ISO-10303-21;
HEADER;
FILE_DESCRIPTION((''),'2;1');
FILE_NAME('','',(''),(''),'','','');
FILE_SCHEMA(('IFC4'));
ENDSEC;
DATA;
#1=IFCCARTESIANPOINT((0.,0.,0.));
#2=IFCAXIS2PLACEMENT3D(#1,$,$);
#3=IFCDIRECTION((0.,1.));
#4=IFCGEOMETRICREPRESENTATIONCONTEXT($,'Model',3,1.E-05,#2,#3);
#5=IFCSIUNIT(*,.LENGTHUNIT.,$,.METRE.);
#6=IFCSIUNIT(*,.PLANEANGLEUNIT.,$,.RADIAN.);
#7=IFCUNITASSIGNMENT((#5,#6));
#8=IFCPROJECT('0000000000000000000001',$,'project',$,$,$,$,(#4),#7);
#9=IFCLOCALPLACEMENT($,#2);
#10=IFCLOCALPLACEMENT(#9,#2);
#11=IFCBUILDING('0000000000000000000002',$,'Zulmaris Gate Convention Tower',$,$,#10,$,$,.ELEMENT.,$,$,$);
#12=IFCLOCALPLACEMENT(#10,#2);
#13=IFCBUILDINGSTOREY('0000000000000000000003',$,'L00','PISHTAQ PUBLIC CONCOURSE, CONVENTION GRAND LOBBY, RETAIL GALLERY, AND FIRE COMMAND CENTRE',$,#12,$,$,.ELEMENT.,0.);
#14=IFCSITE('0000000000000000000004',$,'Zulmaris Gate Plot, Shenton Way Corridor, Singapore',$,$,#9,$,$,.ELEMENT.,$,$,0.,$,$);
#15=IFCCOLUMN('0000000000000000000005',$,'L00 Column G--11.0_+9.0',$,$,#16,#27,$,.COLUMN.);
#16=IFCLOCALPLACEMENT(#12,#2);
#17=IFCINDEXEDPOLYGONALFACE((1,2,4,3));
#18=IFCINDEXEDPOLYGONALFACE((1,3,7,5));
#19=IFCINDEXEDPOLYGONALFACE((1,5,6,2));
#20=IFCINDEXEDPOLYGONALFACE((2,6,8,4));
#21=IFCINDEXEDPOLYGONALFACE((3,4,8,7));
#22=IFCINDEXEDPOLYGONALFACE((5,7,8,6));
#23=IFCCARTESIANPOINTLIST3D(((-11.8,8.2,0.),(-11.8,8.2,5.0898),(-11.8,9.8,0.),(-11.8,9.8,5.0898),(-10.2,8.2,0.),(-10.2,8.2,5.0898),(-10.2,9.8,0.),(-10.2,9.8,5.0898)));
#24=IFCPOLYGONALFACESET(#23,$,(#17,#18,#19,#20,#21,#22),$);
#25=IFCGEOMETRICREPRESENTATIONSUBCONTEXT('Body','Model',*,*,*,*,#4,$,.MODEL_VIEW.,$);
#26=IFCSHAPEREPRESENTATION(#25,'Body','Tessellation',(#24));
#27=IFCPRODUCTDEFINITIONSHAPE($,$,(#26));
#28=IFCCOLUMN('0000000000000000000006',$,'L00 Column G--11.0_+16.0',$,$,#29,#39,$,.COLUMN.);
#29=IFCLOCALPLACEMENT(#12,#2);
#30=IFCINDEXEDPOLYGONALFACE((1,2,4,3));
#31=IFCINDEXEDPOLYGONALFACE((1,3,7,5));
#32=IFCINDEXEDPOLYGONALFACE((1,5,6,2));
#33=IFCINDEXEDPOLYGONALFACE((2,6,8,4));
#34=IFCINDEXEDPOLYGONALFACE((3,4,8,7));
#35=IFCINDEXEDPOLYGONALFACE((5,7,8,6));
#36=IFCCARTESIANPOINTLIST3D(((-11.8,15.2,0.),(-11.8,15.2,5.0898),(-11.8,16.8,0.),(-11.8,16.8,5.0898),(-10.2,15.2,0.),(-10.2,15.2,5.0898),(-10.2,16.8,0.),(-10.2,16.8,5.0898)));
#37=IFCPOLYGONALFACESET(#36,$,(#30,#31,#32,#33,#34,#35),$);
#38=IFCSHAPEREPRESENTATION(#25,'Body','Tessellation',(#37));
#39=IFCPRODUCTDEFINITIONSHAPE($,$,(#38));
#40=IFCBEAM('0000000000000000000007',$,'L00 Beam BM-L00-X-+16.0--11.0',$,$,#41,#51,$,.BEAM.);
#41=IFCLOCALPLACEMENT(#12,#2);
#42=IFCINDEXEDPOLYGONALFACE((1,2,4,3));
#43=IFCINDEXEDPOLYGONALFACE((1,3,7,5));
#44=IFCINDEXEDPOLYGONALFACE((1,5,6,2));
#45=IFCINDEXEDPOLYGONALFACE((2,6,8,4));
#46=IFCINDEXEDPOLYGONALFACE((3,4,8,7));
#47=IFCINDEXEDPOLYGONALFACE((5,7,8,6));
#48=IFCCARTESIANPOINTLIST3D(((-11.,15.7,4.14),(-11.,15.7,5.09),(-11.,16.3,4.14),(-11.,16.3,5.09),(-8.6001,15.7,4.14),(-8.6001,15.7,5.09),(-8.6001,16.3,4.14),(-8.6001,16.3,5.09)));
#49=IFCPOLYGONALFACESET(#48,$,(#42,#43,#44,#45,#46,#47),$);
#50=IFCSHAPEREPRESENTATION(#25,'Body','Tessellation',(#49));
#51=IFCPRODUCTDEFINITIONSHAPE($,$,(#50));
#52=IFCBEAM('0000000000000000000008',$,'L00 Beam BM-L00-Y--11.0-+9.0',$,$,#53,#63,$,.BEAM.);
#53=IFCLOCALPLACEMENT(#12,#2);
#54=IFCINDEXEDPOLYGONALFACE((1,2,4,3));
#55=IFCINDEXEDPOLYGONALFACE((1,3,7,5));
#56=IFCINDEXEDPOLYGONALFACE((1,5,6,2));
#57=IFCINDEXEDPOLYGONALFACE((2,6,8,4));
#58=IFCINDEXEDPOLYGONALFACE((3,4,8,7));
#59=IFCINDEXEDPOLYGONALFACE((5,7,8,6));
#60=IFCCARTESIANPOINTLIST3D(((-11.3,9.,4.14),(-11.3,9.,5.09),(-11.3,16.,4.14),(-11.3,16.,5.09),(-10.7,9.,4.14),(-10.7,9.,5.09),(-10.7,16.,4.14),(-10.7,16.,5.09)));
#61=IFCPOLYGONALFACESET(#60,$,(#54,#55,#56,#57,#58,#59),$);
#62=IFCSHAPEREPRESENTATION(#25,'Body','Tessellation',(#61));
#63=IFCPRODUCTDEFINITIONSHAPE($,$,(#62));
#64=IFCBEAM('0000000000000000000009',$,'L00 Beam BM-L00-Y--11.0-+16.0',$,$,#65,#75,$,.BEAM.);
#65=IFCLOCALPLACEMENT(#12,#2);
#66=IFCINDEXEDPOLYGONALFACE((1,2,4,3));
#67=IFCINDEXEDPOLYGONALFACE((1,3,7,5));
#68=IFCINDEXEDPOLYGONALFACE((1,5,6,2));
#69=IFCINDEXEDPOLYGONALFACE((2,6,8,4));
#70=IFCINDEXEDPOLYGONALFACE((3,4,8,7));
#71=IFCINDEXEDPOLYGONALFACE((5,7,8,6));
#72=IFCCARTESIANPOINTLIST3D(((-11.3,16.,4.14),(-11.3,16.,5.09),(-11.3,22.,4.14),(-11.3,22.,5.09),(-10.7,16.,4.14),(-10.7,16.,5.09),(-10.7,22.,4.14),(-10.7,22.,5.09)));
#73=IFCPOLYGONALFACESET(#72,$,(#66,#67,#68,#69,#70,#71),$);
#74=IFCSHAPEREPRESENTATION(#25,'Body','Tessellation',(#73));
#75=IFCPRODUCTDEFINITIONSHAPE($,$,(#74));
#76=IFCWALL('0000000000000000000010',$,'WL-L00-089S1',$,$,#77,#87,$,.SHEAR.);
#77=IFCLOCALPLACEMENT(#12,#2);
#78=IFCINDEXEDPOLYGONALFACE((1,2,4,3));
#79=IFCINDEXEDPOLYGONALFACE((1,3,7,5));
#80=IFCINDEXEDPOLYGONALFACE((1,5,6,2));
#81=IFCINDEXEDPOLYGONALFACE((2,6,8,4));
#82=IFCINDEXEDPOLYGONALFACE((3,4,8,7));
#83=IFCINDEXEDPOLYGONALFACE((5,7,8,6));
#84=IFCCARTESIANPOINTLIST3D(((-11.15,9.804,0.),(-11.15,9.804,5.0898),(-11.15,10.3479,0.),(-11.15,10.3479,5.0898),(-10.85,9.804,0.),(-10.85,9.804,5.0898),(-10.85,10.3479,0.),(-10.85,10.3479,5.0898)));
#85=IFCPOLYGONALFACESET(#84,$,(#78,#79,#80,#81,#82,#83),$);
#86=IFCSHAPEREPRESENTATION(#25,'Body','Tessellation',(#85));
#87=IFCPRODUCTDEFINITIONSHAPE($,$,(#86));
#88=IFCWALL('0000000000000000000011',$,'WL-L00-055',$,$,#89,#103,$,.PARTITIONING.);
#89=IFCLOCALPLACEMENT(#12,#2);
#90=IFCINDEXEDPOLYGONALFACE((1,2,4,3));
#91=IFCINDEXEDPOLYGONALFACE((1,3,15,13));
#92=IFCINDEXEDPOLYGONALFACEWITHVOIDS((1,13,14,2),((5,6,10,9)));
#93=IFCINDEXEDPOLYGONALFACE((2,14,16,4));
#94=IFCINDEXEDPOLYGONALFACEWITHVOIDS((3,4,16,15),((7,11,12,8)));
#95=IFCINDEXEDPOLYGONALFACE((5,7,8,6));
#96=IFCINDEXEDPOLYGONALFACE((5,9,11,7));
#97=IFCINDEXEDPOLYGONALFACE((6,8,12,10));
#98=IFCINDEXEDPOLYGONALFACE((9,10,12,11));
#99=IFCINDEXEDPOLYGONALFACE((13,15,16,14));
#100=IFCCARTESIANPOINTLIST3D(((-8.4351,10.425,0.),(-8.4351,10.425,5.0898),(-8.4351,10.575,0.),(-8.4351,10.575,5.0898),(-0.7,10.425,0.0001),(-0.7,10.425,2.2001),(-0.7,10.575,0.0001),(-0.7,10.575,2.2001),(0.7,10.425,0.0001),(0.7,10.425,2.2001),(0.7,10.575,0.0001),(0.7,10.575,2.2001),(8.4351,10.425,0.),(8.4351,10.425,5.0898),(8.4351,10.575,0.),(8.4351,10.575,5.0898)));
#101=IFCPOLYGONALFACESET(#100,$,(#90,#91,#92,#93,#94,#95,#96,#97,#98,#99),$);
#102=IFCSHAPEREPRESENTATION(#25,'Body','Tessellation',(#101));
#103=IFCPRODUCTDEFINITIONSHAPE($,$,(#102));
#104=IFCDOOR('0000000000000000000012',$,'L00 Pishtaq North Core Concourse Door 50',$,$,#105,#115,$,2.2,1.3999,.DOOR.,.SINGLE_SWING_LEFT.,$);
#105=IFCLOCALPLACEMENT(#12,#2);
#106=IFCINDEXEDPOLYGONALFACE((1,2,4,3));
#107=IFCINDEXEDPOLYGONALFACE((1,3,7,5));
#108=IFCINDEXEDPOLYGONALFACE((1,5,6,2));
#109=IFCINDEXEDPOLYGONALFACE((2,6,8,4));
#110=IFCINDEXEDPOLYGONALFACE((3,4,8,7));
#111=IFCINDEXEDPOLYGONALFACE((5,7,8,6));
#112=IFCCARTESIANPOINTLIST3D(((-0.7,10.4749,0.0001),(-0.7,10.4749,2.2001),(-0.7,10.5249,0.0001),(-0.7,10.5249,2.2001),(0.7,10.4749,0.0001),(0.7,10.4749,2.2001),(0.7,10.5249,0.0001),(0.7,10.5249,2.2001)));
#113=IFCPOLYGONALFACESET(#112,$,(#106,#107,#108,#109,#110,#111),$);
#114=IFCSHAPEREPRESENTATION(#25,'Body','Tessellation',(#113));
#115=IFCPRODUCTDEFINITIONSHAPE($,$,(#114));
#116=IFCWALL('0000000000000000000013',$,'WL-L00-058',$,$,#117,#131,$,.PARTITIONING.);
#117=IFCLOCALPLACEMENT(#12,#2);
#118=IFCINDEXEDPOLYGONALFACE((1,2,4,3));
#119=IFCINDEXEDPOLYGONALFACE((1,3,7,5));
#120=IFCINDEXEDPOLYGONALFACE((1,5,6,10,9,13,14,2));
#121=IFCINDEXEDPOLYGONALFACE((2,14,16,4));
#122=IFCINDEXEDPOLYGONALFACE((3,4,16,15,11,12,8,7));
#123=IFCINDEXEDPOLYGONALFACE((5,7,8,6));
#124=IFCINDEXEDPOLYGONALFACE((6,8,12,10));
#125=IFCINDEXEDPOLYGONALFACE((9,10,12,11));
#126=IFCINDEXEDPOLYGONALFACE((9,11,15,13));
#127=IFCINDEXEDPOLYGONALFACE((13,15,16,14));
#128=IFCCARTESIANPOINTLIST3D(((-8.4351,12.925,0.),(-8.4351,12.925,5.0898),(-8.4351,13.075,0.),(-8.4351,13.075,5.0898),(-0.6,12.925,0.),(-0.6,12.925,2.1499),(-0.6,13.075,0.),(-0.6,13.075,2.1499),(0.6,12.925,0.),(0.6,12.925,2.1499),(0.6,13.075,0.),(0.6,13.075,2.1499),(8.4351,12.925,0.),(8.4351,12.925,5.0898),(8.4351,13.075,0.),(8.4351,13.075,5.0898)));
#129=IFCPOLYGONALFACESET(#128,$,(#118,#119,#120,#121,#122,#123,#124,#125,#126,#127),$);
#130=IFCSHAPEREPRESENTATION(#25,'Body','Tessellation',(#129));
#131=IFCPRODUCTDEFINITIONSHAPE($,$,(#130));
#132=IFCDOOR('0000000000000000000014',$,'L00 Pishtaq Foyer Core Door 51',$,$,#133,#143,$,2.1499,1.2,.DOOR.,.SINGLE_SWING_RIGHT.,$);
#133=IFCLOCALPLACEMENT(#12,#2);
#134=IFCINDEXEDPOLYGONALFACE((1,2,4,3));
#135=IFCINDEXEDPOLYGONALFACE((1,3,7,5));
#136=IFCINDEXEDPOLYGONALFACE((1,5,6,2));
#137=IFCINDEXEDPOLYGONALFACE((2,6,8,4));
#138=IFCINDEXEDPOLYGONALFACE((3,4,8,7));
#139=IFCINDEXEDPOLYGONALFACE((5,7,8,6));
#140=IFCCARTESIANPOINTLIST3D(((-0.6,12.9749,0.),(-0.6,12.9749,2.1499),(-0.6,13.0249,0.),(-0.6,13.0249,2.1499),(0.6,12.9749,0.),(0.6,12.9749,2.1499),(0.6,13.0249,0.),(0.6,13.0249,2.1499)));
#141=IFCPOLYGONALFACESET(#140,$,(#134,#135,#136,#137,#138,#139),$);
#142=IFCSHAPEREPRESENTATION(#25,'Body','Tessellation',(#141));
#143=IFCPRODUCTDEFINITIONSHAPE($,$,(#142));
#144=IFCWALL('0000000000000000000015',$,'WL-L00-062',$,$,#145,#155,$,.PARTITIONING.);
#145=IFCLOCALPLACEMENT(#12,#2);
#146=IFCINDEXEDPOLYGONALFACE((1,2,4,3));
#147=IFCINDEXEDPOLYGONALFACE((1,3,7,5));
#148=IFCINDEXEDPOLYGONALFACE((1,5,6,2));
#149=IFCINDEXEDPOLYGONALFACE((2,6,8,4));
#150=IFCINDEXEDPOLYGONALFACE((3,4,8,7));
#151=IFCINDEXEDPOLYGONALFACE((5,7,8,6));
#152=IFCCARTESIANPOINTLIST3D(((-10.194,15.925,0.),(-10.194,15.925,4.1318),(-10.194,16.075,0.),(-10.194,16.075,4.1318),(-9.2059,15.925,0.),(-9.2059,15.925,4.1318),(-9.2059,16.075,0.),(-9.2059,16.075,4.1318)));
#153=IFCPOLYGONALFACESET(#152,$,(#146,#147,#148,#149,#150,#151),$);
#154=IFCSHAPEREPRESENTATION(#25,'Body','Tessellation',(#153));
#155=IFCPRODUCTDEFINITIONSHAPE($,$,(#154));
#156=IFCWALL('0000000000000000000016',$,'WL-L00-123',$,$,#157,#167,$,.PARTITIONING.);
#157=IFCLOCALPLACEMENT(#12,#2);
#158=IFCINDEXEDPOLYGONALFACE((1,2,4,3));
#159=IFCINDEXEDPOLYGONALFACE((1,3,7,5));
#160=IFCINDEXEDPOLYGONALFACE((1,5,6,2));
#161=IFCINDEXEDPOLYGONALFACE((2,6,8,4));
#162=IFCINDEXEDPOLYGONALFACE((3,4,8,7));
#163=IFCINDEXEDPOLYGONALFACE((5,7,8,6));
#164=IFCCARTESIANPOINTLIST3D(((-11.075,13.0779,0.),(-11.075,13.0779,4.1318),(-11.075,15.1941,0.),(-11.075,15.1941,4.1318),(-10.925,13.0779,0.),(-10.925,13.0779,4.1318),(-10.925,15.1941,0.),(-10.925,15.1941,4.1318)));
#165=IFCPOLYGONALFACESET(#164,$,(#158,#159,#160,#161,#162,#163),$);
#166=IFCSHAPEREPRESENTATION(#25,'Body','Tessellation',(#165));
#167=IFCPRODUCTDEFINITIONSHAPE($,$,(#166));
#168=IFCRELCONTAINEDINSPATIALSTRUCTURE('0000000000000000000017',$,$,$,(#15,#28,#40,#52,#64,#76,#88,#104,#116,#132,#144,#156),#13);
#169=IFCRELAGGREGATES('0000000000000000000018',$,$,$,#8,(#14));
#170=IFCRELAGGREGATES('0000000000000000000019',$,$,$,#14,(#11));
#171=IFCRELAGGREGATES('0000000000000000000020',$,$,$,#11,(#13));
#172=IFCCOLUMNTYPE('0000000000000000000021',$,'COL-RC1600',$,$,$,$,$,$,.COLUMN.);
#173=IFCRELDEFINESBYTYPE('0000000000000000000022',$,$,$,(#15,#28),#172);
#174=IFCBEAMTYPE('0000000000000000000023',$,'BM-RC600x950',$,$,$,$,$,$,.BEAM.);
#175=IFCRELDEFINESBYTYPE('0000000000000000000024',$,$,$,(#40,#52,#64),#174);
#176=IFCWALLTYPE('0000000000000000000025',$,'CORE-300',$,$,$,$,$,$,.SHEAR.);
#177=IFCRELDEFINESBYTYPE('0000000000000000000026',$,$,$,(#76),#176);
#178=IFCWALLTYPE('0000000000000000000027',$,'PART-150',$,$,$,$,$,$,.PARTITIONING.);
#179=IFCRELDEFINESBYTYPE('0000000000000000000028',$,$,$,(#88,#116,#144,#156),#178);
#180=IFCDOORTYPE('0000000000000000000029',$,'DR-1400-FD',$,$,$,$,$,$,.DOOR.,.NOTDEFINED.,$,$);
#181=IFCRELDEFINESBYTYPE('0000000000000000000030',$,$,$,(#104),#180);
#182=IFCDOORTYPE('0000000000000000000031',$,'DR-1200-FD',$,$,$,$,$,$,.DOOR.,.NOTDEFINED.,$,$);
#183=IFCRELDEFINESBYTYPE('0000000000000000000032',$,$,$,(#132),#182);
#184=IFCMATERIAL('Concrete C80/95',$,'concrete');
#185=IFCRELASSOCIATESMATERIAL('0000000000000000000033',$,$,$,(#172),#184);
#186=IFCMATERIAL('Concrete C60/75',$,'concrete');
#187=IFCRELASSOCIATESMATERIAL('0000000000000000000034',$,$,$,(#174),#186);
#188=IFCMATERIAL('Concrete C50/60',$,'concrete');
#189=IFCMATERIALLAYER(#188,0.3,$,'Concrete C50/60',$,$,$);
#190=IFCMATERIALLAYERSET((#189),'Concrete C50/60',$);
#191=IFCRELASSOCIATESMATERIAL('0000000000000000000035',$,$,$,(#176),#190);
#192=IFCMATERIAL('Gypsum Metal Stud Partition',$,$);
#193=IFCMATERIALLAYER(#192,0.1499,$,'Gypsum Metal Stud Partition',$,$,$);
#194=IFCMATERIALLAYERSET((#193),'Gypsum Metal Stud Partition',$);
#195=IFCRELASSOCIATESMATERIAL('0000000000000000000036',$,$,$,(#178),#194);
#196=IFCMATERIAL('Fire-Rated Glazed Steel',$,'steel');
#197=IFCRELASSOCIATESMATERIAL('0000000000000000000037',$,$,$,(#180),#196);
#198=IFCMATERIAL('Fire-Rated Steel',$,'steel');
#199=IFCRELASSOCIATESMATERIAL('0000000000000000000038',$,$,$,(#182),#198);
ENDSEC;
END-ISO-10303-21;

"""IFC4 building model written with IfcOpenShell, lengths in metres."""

from ifc_helpers import new_model, si_unit, direction, frame, frame_2d, origin, origin_2d, place, context, subcontext, project, spatial, rectangle, extrude, material, layer, layer_set, material_profile, profile_set, type_object, element, fill, save


model = new_model("IFC4")

# Units and contexts
model_context = context("Model", 3, precision=1e-05, world=origin(), true_north=direction((0.0, 1.0)))
body_context = subcontext(model_context, "Body", "Model", "MODEL_VIEW")
ifc_project = project(units=[si_unit("LENGTHUNIT", "METRE"), si_unit("PLANEANGLEUNIT", "RADIAN")], contexts=[model_context])

# Site, building, storey
site_placement = place(None, origin())
site = spatial("IfcSite", under=ifc_project, at=site_placement, Name="Zulmaris Gate Plot, Shenton Way Corridor, Singapore", CompositionType="ELEMENT", RefElevation=0.0)
building_placement = place(site_placement, origin())
building = spatial("IfcBuilding", under=site, at=building_placement, Name="Zulmaris Gate Convention Tower", CompositionType="ELEMENT")
storey_placement = place(building_placement, origin())
storey = spatial("IfcBuildingStorey", under=building, at=storey_placement, Name="L00", Description="PISHTAQ PUBLIC CONCOURSE, CONVENTION GRAND LOBBY, RETAIL GALLERY, AND FIRE COMMAND CENTRE", CompositionType="ELEMENT", Elevation=0.0)

# Columns
ifc_material_1 = material(Name="Concrete C80/95", Category="concrete")
ifc_material_profile_1 = material_profile(ifc_material_1, rectangle(XDim=1.6001, YDim=1.6001, at=origin_2d()), Name="RC COL 1600x1600")
ifc_profile_set_1 = profile_set([ifc_material_profile_1], Name="Concrete C80/95")
column_type = type_object("IfcColumnType", Name="COL-RC1600", PredefinedType="COLUMN", material=ifc_profile_set_1)
for number, where, z_axis, x_axis, name in (
    (1, (-11.0, 9.0, 0.0), (0.0, 0.0, 1.0), (1.0, 0.0, 0.0), "L00 Column G--11.0_+9.0"),
    (2, (-11.0, 16.0, 0.0), (0.0, 0.0, 1.0), (1.0, 0.0, 0.0), "L00 Column G--11.0_+16.0"),
):
    element("IfcColumn", number, at=place(storey_placement, frame(where, z_axis=z_axis, x_axis=x_axis)), inside=storey, type_object=column_type, Name=name, PredefinedType="COLUMN", context=body_context, shape_type="SweptSolid", body=[
        extrude(rectangle(XDim=1.6001, YDim=1.6001, at=origin_2d()), origin(), (0.0, 0.0, 1.0), 5.0898),
    ])

# Beams
ifc_material_2 = material(Name="Concrete C60/75", Category="concrete")
ifc_material_profile_2 = material_profile(ifc_material_2, rectangle(XDim=0.6001, YDim=0.95, at=origin_2d()), Name="RC BEAM 600x950")
ifc_profile_set_2 = profile_set([ifc_material_profile_2], Name="Concrete C60/75")
beam_type = type_object("IfcBeamType", Name="BM-RC600x950", PredefinedType="BEAM", material=ifc_profile_set_2)
beam_1_placement = place(storey_placement, frame((-11.0, 16.0, 4.615), z_axis=(1.0, 0.0, 0.0), x_axis=(0.0, 1.0, 0.0)))
element("IfcBeam", 3, at=beam_1_placement, inside=storey, type_object=beam_type, Name="L00 Beam BM-L00-X-+16.0--11.0", PredefinedType="BEAM", context=body_context, shape_type="SweptSolid", body=[
    extrude(rectangle(XDim=0.6001, YDim=0.95, at=origin_2d()), origin(), (0.0, 0.0, 1.0), 2.3999),
])
beam_2_placement = place(storey_placement, frame((-11.0, 9.0, 4.615), z_axis=(0.0, 1.0, 0.0), x_axis=(-1.0, 0.0, 0.0)))
element("IfcBeam", 4, at=beam_2_placement, inside=storey, type_object=beam_type, Name="L00 Beam BM-L00-Y--11.0-+9.0", PredefinedType="BEAM", context=body_context, shape_type="SweptSolid", body=[
    extrude(rectangle(XDim=0.6001, YDim=0.95, at=origin_2d()), origin(), (0.0, 0.0, 1.0), 7.0),
])
beam_3_placement = place(storey_placement, frame((-11.0, 16.0, 4.615), z_axis=(0.0, 1.0, 0.0), x_axis=(-1.0, 0.0, 0.0)))
element("IfcBeam", 5, at=beam_3_placement, inside=storey, type_object=beam_type, Name="L00 Beam BM-L00-Y--11.0-+16.0", PredefinedType="BEAM", context=body_context, shape_type="SweptSolid", body=[
    extrude(rectangle(XDim=0.6001, YDim=0.95, at=origin_2d()), origin(), (0.0, 0.0, 1.0), 6.0),
])

# Shared definitions
ifc_material_3 = material(Name="Concrete C50/60", Category="concrete")
ifc_layer_1 = layer(ifc_material_3, 0.3, Name="Concrete C50/60")
ifc_layer_set_1 = layer_set([ifc_layer_1], Name="Concrete C50/60")
wall_type_1 = type_object("IfcWallType", Name="CORE-300", PredefinedType="SHEAR", material=ifc_layer_set_1)

# Wall
wall_1_placement = place(storey_placement, frame((-11.0, 9.804, 0.0), z_axis=(0.0, 0.0, 1.0), x_axis=(0.0, 1.0, 0.0)))
element("IfcWall", 6, at=wall_1_placement, inside=storey, type_object=wall_type_1, Name="WL-L00-089S1", PredefinedType="SHEAR", context=body_context, shape_type="SweptSolid", body=[
    extrude(rectangle(XDim=0.5439, YDim=0.3, at=frame_2d((0.272, 0.0))), origin(), (0.0, 0.0, 1.0), 5.0898),
])

# Walls, openings, doors
ifc_material_4 = material(Name="Gypsum Metal Stud Partition")
ifc_layer_2 = layer(ifc_material_4, 0.1499, Name="Gypsum Metal Stud Partition")
ifc_layer_set_2 = layer_set([ifc_layer_2], Name="Gypsum Metal Stud Partition")
wall_type_2 = type_object("IfcWallType", Name="PART-150", PredefinedType="PARTITIONING", material=ifc_layer_set_2)
ifc_material_5 = material(Name="Fire-Rated Steel", Category="steel")
wall_2_placement = place(storey_placement, frame((-8.4351, 10.5, 0.0), z_axis=(0.0, 0.0, 1.0), x_axis=(1.0, 0.0, 0.0)))
wall_2 = element("IfcWall", 7, at=wall_2_placement, inside=storey, type_object=wall_type_2, Name="WL-L00-055", PredefinedType="PARTITIONING", context=body_context, shape_type="SweptSolid", body=[
    extrude(rectangle(XDim=16.8701, YDim=0.1499, at=frame_2d((8.4351, 0.0))), origin(), (0.0, 0.0, 1.0), 5.0898),
])
opening_1_placement = place(wall_2_placement, frame((7.7351, 0.0, 0.0)))
opening_1 = element("IfcOpeningElement", 8, at=opening_1_placement, cuts=wall_2, PredefinedType="OPENING", context=body_context, shape_type="SweptSolid", body=[
    extrude(rectangle(XDim=1.3999, YDim=2.2, at=frame_2d((0.7, 1.1001))), frame((0.0, 0.085, 0.0), z_axis=(0.0, -1.0, 0.0), x_axis=(1.0, 0.0, 0.0)), (0.0, 0.0, 1.0), 0.1699),
])
ifc_material_6 = material(Name="Fire-Rated Glazed Steel", Category="steel")
door_type_1 = type_object("IfcDoorType", Name="DR-1400-FD", OperationType="NOTDEFINED", PredefinedType="DOOR", material=ifc_material_6)
door_1_placement = place(opening_1_placement, origin())
door_1 = element("IfcDoor", 9, at=door_1_placement, inside=storey, type_object=door_type_1, Name="L00 Pishtaq North Core Concourse Door 50", OperationType="SINGLE_SWING_LEFT", OverallHeight=2.2, OverallWidth=1.3999, PredefinedType="DOOR", context=body_context, shape_type="SweptSolid", body=[
    extrude(rectangle(XDim=1.3999, YDim=2.2, at=frame_2d((0.7, 1.1001))), frame((0.0, 0.0249, 0.0), z_axis=(0.0, -1.0, 0.0), x_axis=(1.0, 0.0, 0.0)), (0.0, 0.0, 1.0), 0.05),
])
fill(opening_1, door_1)
wall_3_placement = place(storey_placement, frame((-8.4351, 13.0, 0.0), z_axis=(0.0, 0.0, 1.0), x_axis=(1.0, 0.0, 0.0)))
wall_3 = element("IfcWall", 10, at=wall_3_placement, inside=storey, type_object=wall_type_2, Name="WL-L00-058", PredefinedType="PARTITIONING", context=body_context, shape_type="SweptSolid", body=[
    extrude(rectangle(XDim=16.8701, YDim=0.1499, at=frame_2d((8.4351, 0.0))), origin(), (0.0, 0.0, 1.0), 5.0898),
])
opening_2_placement = place(wall_3_placement, frame((7.835, 0.0, 0.0)))
opening_2 = element("IfcOpeningElement", 11, at=opening_2_placement, cuts=wall_3, PredefinedType="OPENING", context=body_context, shape_type="SweptSolid", body=[
    extrude(rectangle(XDim=1.2, YDim=2.1499, at=frame_2d((0.6001, 1.075))), frame((0.0, 0.085, 0.0), z_axis=(0.0, -1.0, 0.0), x_axis=(1.0, 0.0, 0.0)), (0.0, 0.0, 1.0), 0.1699),
])
door_type_2 = type_object("IfcDoorType", Name="DR-1200-FD", OperationType="NOTDEFINED", PredefinedType="DOOR", material=ifc_material_5)
door_2_placement = place(opening_2_placement, origin())
door_2 = element("IfcDoor", 12, at=door_2_placement, inside=storey, type_object=door_type_2, Name="L00 Pishtaq Foyer Core Door 51", OperationType="SINGLE_SWING_RIGHT", OverallHeight=2.1499, OverallWidth=1.2, PredefinedType="DOOR", context=body_context, shape_type="SweptSolid", body=[
    extrude(rectangle(XDim=1.2, YDim=2.1499, at=frame_2d((0.6001, 1.075))), frame((0.0, 0.0249, 0.0), z_axis=(0.0, -1.0, 0.0), x_axis=(1.0, 0.0, 0.0)), (0.0, 0.0, 1.0), 0.05),
])
fill(opening_2, door_2)

# Walls
wall_4_placement = place(storey_placement, frame((-10.1941, 16.0, 0.0), z_axis=(0.0, 0.0, 1.0), x_axis=(1.0, 0.0, 0.0)))
element("IfcWall", 13, at=wall_4_placement, inside=storey, type_object=wall_type_2, Name="WL-L00-062", PredefinedType="PARTITIONING", context=body_context, shape_type="SweptSolid", body=[
    extrude(rectangle(XDim=0.988, YDim=0.1499, at=frame_2d((0.4941, 0.0))), origin(), (0.0, 0.0, 1.0), 4.1318),
])
wall_5_placement = place(storey_placement, frame((-11.0, 13.0779, 0.0), z_axis=(0.0, 0.0, 1.0), x_axis=(0.0, 1.0, 0.0)))
element("IfcWall", 14, at=wall_5_placement, inside=storey, type_object=wall_type_2, Name="WL-L00-123", PredefinedType="PARTITIONING", context=body_context, shape_type="SweptSolid", body=[
    extrude(rectangle(XDim=2.1162, YDim=0.1499, at=frame_2d((1.0581, 0.0))), origin(), (0.0, 0.0, 1.0), 4.1318),
])

save(model, "model.ifc")
